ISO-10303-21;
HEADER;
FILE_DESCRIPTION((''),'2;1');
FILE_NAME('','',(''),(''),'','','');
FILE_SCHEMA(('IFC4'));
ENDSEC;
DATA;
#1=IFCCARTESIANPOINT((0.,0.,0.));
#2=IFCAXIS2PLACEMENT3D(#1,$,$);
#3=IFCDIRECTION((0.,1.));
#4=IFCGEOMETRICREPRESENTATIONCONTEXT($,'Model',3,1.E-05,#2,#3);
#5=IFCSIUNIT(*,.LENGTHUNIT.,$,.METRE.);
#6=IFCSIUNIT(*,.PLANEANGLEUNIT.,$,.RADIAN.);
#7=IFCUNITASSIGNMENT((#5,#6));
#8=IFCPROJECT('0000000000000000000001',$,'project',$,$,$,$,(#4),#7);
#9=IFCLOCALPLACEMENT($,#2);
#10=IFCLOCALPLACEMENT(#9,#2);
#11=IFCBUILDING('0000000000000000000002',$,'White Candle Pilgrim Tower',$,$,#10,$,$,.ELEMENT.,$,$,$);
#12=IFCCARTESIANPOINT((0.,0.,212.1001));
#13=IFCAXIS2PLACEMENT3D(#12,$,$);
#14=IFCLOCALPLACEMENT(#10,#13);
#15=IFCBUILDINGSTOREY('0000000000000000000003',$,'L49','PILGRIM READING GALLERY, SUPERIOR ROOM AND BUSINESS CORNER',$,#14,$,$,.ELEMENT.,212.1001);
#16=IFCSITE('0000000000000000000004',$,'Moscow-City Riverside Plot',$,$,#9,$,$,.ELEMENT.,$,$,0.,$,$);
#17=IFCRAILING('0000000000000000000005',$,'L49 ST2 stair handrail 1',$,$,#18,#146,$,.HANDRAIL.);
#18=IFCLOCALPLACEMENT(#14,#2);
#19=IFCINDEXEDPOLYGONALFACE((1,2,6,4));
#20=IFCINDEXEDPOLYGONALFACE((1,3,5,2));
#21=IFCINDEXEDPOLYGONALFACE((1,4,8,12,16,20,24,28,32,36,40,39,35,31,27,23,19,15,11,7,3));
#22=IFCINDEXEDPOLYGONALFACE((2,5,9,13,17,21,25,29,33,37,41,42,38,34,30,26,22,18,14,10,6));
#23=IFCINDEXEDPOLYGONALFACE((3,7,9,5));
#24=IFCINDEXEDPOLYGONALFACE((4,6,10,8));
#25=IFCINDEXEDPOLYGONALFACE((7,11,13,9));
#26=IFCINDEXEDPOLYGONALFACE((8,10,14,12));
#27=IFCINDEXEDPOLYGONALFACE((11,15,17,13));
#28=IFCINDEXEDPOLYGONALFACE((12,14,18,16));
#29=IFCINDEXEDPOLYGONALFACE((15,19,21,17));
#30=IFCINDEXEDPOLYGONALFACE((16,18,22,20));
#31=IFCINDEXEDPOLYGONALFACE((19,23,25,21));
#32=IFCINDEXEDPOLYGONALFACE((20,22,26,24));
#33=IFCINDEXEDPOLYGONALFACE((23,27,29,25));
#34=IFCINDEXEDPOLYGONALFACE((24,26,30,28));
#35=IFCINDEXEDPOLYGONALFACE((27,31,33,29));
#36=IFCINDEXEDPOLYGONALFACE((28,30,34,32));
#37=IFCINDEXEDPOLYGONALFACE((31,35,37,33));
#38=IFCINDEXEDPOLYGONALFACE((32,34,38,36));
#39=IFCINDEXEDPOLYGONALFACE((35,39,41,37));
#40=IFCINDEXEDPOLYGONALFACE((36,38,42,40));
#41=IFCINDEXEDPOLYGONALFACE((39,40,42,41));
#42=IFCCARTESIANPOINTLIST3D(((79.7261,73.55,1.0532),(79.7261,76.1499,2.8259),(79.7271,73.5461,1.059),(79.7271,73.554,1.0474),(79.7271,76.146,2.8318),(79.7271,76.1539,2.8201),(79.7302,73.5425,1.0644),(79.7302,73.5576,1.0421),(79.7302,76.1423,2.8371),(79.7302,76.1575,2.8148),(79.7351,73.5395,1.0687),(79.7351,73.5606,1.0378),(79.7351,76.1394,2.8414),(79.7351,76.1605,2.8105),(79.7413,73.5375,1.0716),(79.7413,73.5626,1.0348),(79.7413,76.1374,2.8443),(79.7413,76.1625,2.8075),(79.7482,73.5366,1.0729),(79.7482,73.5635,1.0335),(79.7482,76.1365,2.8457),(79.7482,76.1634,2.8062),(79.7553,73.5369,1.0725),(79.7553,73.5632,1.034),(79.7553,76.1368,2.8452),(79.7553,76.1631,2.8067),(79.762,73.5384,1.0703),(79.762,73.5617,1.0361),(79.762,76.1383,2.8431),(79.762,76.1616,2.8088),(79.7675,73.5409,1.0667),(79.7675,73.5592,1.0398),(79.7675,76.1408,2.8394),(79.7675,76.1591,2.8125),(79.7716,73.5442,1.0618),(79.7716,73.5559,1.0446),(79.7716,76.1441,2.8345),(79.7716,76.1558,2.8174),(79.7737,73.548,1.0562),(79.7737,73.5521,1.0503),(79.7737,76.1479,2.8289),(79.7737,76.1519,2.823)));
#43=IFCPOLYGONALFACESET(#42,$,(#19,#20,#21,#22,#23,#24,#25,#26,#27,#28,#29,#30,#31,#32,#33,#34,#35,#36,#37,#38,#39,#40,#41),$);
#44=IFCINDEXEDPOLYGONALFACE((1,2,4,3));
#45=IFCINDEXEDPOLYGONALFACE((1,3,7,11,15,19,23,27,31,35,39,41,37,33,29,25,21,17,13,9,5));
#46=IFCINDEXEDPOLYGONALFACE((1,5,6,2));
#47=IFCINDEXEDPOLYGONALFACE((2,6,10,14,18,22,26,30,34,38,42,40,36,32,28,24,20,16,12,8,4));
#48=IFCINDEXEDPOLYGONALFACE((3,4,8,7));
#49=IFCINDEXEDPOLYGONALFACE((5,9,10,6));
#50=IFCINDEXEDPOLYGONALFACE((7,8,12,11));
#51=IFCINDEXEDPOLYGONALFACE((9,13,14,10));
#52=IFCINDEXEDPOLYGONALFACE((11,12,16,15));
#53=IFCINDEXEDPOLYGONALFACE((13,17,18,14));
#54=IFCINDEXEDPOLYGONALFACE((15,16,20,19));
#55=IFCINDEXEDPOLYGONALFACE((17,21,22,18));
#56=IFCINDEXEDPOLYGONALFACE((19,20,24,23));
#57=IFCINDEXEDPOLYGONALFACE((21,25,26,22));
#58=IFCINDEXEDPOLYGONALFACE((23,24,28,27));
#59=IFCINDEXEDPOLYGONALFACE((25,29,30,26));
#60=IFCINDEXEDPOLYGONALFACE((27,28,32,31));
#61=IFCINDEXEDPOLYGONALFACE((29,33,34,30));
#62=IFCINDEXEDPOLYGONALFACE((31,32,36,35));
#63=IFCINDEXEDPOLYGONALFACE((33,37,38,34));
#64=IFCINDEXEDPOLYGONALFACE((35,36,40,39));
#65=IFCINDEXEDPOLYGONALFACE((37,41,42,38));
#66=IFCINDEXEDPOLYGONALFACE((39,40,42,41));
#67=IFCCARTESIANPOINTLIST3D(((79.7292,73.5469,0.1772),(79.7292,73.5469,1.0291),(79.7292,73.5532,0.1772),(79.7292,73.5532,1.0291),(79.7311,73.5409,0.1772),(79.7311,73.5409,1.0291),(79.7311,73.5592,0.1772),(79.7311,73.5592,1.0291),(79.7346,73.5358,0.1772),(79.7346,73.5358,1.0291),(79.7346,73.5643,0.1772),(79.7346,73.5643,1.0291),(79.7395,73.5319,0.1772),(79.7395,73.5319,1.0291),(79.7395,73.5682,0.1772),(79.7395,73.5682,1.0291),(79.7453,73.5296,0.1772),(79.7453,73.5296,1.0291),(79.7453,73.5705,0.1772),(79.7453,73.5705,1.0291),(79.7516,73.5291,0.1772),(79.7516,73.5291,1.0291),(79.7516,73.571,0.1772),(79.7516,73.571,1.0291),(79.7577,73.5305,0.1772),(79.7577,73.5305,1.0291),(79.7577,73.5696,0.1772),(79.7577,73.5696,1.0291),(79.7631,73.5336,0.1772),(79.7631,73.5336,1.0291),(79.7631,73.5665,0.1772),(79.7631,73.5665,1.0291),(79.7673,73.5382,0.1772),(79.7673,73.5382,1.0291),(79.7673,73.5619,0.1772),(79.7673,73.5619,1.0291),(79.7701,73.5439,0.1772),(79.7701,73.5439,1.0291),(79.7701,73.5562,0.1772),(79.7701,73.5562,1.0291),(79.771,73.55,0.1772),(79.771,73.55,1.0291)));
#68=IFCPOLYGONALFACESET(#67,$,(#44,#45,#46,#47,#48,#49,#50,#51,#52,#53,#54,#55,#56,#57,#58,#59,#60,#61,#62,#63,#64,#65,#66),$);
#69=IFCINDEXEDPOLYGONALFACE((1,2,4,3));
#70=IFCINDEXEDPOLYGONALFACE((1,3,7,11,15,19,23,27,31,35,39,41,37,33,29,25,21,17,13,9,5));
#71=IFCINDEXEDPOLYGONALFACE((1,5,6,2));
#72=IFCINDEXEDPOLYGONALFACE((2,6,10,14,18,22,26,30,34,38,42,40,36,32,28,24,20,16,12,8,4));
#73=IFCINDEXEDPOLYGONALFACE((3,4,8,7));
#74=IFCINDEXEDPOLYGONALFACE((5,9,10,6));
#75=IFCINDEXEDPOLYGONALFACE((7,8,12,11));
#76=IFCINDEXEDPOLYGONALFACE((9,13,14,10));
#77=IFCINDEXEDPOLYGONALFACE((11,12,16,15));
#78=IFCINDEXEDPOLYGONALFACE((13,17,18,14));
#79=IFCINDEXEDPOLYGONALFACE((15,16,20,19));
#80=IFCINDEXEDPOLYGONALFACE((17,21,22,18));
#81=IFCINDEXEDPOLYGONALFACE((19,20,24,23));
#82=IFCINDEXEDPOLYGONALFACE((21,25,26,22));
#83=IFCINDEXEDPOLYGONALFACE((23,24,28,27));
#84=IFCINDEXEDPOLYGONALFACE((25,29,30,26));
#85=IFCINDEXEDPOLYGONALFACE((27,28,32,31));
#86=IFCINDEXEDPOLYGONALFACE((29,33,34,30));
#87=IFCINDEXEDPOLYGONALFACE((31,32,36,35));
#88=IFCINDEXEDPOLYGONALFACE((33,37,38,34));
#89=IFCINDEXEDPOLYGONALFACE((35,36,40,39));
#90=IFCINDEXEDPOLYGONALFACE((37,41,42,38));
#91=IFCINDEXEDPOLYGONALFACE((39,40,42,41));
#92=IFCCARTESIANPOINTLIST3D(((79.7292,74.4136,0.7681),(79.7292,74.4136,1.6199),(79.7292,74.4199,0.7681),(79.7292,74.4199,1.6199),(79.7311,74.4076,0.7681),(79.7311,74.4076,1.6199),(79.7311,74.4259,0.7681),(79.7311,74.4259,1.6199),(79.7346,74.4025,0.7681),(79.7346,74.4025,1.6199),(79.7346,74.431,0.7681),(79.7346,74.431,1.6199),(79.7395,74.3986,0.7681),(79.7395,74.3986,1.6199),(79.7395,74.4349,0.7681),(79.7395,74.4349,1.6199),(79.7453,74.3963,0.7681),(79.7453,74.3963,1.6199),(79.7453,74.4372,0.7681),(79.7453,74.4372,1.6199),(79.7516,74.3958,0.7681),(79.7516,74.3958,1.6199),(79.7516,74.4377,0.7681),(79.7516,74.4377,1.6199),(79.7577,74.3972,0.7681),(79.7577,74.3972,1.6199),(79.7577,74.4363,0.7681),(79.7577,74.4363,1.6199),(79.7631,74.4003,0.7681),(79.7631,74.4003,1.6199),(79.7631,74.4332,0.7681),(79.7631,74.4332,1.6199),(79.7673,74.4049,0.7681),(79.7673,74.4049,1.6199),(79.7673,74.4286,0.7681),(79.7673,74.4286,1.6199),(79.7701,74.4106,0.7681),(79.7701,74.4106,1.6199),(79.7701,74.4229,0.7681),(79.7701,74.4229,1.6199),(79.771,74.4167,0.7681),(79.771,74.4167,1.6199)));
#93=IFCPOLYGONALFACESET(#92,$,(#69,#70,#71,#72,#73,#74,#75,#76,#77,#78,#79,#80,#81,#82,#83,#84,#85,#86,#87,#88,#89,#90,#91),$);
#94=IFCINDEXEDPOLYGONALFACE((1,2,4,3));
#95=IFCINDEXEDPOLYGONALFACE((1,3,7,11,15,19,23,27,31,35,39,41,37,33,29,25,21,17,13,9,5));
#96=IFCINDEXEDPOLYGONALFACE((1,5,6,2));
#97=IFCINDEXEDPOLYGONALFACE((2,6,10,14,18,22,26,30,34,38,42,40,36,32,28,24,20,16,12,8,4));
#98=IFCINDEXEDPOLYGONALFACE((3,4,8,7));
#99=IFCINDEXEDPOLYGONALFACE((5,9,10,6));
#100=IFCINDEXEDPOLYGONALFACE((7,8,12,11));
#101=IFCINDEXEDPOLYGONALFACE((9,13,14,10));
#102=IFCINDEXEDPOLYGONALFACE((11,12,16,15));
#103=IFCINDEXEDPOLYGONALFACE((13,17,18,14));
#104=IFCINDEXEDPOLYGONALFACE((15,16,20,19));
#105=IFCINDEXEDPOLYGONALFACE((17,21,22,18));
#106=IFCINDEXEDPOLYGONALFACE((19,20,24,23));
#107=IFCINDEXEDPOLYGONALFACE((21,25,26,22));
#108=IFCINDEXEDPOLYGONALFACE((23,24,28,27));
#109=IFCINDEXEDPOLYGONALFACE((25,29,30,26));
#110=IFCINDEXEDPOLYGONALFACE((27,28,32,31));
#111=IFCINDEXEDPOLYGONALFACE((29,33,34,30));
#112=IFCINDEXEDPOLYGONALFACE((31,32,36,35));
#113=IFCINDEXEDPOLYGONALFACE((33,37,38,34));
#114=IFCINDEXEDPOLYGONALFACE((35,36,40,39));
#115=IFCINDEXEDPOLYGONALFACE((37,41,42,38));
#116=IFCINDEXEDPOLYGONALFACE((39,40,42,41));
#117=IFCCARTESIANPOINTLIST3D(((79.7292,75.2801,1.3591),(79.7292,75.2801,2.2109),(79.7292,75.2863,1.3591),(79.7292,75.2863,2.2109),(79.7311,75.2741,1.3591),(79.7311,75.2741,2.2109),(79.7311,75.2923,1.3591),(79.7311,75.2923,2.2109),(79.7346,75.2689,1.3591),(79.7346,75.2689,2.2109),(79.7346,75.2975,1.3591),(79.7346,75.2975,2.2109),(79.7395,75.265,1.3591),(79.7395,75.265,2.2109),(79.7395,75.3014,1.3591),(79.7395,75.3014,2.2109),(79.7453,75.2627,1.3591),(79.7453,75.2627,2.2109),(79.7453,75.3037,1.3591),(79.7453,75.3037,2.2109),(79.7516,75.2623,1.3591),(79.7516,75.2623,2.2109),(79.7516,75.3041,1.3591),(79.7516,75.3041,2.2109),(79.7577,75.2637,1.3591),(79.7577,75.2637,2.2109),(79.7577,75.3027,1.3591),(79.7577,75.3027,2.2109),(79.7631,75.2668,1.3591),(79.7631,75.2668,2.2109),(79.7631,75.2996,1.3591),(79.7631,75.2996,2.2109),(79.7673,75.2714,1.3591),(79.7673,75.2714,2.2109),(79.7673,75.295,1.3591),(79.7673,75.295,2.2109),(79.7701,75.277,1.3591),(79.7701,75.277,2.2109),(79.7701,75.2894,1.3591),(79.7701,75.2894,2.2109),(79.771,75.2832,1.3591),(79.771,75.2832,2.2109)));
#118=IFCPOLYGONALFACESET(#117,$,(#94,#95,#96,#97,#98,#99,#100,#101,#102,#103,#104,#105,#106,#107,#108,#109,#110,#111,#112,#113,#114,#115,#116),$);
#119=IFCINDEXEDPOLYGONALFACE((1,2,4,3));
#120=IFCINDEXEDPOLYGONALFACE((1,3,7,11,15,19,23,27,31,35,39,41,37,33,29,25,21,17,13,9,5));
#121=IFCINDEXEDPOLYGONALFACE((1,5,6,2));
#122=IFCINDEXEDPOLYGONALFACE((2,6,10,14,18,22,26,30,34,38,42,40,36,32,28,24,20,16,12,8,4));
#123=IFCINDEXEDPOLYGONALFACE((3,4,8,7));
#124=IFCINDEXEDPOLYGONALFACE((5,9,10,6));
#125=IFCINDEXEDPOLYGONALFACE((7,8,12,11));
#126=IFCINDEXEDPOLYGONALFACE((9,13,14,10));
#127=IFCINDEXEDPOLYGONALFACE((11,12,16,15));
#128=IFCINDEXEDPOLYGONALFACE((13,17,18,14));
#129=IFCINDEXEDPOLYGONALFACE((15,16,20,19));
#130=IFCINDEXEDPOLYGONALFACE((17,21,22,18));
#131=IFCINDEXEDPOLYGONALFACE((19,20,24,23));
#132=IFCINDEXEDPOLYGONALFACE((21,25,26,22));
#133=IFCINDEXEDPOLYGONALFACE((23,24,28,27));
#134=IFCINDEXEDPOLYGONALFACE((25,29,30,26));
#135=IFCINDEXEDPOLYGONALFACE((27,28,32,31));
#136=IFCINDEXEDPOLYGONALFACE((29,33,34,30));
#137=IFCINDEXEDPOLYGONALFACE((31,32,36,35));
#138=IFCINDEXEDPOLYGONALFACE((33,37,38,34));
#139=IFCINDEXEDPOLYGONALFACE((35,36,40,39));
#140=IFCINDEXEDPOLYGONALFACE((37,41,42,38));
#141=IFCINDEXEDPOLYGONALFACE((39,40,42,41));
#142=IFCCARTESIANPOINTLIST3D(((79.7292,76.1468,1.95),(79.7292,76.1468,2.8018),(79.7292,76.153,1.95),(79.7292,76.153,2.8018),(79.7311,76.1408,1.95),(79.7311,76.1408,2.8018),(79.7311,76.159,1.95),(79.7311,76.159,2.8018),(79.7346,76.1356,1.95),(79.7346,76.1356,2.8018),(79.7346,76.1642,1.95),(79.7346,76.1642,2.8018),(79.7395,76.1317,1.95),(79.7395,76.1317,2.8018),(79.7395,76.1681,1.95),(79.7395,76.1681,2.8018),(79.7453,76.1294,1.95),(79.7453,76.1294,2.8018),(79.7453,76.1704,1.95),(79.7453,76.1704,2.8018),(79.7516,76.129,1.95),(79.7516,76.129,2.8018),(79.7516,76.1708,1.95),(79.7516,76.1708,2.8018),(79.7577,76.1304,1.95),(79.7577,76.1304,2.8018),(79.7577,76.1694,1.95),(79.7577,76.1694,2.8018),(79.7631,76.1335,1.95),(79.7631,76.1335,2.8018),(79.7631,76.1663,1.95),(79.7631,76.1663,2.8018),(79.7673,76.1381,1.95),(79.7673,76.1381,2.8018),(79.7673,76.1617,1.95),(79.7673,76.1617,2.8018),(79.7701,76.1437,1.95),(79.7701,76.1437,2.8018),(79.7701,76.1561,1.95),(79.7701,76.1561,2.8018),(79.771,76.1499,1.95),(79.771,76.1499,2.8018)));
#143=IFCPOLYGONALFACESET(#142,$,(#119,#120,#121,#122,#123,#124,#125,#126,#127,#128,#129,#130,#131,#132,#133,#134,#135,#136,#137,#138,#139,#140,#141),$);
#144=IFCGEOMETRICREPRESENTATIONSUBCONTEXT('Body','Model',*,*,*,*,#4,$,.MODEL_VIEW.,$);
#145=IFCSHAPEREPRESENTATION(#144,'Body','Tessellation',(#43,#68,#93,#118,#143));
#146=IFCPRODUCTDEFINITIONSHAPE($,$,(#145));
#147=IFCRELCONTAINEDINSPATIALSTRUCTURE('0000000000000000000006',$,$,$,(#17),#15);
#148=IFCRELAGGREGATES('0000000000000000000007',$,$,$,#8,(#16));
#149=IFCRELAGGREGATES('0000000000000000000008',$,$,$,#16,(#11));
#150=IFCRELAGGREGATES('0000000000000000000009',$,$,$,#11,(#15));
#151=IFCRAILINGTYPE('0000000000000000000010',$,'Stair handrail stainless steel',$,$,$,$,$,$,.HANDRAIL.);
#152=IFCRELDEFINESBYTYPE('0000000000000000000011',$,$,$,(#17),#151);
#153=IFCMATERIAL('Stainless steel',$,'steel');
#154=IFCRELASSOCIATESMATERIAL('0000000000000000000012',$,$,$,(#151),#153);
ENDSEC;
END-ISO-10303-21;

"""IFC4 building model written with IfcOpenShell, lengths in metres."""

from ifc_helpers import new_model, si_unit, direction, frame, origin, origin_2d, place, context, subcontext, project, spatial, circle, extrude, material, type_object, element, save


model = new_model("IFC4")

# Units and contexts
model_context = context("Model", 3, precision=1e-05, world=origin(), true_north=direction((0.0, 1.0)))
body_context = subcontext(model_context, "Body", "Model", "MODEL_VIEW")
ifc_project = project(units=[si_unit("LENGTHUNIT", "METRE"), si_unit("PLANEANGLEUNIT", "RADIAN")], contexts=[model_context])

# Site, building, storey
site_placement = place(None, origin())
site = spatial("IfcSite", under=ifc_project, at=site_placement, Name="Moscow-City Riverside Plot", CompositionType="ELEMENT", RefElevation=0.0)
building_placement = place(site_placement, origin())
building = spatial("IfcBuilding", under=site, at=building_placement, Name="White Candle Pilgrim Tower", CompositionType="ELEMENT")
storey_placement = place(building_placement, frame((0.0, 0.0, 212.1001)))
storey = spatial("IfcBuildingStorey", under=building, at=storey_placement, Name="L49", Description="PILGRIM READING GALLERY, SUPERIOR ROOM AND BUSINESS CORNER", CompositionType="ELEMENT", Elevation=212.1001)

# Railing
ifc_material_1 = material(Name="Stainless steel", Category="steel")
railing_type_1 = type_object("IfcRailingType", Name="Stair handrail stainless steel", PredefinedType="HANDRAIL", material=ifc_material_1)
railing_1_placement = place(storey_placement, frame((79.75, 73.55, 0.1772)))
element("IfcRailing", 1, at=railing_1_placement, inside=storey, type_object=railing_type_1, Name="L49 ST2 stair handrail 1", PredefinedType="HANDRAIL", context=body_context, shape_type="SweptSolid", body=[
    extrude(circle(Radius=0.0239, at=origin_2d()), frame((0.0, 0.0, 0.876), z_axis=(0.0, 0.826216, 0.563354), x_axis=(-1.0, 0.0, 0.0)), (0.0, 0.0, 1.0), 3.1467),
    extrude(circle(Radius=0.021, at=origin_2d()), origin(), (0.0, 0.0, 1.0), 0.8518),
    extrude(circle(Radius=0.021, at=origin_2d()), frame((0.0, 0.8667, 0.5908)), (0.0, 0.0, 1.0), 0.8518),
    extrude(circle(Radius=0.021, at=origin_2d()), frame((0.0, 1.7332, 1.1819)), (0.0, 0.0, 1.0), 0.8518),
    extrude(circle(Radius=0.021, at=origin_2d()), frame((0.0, 2.5999, 1.7727)), (0.0, 0.0, 1.0), 0.8518),
])

save(model, "model.ifc")
